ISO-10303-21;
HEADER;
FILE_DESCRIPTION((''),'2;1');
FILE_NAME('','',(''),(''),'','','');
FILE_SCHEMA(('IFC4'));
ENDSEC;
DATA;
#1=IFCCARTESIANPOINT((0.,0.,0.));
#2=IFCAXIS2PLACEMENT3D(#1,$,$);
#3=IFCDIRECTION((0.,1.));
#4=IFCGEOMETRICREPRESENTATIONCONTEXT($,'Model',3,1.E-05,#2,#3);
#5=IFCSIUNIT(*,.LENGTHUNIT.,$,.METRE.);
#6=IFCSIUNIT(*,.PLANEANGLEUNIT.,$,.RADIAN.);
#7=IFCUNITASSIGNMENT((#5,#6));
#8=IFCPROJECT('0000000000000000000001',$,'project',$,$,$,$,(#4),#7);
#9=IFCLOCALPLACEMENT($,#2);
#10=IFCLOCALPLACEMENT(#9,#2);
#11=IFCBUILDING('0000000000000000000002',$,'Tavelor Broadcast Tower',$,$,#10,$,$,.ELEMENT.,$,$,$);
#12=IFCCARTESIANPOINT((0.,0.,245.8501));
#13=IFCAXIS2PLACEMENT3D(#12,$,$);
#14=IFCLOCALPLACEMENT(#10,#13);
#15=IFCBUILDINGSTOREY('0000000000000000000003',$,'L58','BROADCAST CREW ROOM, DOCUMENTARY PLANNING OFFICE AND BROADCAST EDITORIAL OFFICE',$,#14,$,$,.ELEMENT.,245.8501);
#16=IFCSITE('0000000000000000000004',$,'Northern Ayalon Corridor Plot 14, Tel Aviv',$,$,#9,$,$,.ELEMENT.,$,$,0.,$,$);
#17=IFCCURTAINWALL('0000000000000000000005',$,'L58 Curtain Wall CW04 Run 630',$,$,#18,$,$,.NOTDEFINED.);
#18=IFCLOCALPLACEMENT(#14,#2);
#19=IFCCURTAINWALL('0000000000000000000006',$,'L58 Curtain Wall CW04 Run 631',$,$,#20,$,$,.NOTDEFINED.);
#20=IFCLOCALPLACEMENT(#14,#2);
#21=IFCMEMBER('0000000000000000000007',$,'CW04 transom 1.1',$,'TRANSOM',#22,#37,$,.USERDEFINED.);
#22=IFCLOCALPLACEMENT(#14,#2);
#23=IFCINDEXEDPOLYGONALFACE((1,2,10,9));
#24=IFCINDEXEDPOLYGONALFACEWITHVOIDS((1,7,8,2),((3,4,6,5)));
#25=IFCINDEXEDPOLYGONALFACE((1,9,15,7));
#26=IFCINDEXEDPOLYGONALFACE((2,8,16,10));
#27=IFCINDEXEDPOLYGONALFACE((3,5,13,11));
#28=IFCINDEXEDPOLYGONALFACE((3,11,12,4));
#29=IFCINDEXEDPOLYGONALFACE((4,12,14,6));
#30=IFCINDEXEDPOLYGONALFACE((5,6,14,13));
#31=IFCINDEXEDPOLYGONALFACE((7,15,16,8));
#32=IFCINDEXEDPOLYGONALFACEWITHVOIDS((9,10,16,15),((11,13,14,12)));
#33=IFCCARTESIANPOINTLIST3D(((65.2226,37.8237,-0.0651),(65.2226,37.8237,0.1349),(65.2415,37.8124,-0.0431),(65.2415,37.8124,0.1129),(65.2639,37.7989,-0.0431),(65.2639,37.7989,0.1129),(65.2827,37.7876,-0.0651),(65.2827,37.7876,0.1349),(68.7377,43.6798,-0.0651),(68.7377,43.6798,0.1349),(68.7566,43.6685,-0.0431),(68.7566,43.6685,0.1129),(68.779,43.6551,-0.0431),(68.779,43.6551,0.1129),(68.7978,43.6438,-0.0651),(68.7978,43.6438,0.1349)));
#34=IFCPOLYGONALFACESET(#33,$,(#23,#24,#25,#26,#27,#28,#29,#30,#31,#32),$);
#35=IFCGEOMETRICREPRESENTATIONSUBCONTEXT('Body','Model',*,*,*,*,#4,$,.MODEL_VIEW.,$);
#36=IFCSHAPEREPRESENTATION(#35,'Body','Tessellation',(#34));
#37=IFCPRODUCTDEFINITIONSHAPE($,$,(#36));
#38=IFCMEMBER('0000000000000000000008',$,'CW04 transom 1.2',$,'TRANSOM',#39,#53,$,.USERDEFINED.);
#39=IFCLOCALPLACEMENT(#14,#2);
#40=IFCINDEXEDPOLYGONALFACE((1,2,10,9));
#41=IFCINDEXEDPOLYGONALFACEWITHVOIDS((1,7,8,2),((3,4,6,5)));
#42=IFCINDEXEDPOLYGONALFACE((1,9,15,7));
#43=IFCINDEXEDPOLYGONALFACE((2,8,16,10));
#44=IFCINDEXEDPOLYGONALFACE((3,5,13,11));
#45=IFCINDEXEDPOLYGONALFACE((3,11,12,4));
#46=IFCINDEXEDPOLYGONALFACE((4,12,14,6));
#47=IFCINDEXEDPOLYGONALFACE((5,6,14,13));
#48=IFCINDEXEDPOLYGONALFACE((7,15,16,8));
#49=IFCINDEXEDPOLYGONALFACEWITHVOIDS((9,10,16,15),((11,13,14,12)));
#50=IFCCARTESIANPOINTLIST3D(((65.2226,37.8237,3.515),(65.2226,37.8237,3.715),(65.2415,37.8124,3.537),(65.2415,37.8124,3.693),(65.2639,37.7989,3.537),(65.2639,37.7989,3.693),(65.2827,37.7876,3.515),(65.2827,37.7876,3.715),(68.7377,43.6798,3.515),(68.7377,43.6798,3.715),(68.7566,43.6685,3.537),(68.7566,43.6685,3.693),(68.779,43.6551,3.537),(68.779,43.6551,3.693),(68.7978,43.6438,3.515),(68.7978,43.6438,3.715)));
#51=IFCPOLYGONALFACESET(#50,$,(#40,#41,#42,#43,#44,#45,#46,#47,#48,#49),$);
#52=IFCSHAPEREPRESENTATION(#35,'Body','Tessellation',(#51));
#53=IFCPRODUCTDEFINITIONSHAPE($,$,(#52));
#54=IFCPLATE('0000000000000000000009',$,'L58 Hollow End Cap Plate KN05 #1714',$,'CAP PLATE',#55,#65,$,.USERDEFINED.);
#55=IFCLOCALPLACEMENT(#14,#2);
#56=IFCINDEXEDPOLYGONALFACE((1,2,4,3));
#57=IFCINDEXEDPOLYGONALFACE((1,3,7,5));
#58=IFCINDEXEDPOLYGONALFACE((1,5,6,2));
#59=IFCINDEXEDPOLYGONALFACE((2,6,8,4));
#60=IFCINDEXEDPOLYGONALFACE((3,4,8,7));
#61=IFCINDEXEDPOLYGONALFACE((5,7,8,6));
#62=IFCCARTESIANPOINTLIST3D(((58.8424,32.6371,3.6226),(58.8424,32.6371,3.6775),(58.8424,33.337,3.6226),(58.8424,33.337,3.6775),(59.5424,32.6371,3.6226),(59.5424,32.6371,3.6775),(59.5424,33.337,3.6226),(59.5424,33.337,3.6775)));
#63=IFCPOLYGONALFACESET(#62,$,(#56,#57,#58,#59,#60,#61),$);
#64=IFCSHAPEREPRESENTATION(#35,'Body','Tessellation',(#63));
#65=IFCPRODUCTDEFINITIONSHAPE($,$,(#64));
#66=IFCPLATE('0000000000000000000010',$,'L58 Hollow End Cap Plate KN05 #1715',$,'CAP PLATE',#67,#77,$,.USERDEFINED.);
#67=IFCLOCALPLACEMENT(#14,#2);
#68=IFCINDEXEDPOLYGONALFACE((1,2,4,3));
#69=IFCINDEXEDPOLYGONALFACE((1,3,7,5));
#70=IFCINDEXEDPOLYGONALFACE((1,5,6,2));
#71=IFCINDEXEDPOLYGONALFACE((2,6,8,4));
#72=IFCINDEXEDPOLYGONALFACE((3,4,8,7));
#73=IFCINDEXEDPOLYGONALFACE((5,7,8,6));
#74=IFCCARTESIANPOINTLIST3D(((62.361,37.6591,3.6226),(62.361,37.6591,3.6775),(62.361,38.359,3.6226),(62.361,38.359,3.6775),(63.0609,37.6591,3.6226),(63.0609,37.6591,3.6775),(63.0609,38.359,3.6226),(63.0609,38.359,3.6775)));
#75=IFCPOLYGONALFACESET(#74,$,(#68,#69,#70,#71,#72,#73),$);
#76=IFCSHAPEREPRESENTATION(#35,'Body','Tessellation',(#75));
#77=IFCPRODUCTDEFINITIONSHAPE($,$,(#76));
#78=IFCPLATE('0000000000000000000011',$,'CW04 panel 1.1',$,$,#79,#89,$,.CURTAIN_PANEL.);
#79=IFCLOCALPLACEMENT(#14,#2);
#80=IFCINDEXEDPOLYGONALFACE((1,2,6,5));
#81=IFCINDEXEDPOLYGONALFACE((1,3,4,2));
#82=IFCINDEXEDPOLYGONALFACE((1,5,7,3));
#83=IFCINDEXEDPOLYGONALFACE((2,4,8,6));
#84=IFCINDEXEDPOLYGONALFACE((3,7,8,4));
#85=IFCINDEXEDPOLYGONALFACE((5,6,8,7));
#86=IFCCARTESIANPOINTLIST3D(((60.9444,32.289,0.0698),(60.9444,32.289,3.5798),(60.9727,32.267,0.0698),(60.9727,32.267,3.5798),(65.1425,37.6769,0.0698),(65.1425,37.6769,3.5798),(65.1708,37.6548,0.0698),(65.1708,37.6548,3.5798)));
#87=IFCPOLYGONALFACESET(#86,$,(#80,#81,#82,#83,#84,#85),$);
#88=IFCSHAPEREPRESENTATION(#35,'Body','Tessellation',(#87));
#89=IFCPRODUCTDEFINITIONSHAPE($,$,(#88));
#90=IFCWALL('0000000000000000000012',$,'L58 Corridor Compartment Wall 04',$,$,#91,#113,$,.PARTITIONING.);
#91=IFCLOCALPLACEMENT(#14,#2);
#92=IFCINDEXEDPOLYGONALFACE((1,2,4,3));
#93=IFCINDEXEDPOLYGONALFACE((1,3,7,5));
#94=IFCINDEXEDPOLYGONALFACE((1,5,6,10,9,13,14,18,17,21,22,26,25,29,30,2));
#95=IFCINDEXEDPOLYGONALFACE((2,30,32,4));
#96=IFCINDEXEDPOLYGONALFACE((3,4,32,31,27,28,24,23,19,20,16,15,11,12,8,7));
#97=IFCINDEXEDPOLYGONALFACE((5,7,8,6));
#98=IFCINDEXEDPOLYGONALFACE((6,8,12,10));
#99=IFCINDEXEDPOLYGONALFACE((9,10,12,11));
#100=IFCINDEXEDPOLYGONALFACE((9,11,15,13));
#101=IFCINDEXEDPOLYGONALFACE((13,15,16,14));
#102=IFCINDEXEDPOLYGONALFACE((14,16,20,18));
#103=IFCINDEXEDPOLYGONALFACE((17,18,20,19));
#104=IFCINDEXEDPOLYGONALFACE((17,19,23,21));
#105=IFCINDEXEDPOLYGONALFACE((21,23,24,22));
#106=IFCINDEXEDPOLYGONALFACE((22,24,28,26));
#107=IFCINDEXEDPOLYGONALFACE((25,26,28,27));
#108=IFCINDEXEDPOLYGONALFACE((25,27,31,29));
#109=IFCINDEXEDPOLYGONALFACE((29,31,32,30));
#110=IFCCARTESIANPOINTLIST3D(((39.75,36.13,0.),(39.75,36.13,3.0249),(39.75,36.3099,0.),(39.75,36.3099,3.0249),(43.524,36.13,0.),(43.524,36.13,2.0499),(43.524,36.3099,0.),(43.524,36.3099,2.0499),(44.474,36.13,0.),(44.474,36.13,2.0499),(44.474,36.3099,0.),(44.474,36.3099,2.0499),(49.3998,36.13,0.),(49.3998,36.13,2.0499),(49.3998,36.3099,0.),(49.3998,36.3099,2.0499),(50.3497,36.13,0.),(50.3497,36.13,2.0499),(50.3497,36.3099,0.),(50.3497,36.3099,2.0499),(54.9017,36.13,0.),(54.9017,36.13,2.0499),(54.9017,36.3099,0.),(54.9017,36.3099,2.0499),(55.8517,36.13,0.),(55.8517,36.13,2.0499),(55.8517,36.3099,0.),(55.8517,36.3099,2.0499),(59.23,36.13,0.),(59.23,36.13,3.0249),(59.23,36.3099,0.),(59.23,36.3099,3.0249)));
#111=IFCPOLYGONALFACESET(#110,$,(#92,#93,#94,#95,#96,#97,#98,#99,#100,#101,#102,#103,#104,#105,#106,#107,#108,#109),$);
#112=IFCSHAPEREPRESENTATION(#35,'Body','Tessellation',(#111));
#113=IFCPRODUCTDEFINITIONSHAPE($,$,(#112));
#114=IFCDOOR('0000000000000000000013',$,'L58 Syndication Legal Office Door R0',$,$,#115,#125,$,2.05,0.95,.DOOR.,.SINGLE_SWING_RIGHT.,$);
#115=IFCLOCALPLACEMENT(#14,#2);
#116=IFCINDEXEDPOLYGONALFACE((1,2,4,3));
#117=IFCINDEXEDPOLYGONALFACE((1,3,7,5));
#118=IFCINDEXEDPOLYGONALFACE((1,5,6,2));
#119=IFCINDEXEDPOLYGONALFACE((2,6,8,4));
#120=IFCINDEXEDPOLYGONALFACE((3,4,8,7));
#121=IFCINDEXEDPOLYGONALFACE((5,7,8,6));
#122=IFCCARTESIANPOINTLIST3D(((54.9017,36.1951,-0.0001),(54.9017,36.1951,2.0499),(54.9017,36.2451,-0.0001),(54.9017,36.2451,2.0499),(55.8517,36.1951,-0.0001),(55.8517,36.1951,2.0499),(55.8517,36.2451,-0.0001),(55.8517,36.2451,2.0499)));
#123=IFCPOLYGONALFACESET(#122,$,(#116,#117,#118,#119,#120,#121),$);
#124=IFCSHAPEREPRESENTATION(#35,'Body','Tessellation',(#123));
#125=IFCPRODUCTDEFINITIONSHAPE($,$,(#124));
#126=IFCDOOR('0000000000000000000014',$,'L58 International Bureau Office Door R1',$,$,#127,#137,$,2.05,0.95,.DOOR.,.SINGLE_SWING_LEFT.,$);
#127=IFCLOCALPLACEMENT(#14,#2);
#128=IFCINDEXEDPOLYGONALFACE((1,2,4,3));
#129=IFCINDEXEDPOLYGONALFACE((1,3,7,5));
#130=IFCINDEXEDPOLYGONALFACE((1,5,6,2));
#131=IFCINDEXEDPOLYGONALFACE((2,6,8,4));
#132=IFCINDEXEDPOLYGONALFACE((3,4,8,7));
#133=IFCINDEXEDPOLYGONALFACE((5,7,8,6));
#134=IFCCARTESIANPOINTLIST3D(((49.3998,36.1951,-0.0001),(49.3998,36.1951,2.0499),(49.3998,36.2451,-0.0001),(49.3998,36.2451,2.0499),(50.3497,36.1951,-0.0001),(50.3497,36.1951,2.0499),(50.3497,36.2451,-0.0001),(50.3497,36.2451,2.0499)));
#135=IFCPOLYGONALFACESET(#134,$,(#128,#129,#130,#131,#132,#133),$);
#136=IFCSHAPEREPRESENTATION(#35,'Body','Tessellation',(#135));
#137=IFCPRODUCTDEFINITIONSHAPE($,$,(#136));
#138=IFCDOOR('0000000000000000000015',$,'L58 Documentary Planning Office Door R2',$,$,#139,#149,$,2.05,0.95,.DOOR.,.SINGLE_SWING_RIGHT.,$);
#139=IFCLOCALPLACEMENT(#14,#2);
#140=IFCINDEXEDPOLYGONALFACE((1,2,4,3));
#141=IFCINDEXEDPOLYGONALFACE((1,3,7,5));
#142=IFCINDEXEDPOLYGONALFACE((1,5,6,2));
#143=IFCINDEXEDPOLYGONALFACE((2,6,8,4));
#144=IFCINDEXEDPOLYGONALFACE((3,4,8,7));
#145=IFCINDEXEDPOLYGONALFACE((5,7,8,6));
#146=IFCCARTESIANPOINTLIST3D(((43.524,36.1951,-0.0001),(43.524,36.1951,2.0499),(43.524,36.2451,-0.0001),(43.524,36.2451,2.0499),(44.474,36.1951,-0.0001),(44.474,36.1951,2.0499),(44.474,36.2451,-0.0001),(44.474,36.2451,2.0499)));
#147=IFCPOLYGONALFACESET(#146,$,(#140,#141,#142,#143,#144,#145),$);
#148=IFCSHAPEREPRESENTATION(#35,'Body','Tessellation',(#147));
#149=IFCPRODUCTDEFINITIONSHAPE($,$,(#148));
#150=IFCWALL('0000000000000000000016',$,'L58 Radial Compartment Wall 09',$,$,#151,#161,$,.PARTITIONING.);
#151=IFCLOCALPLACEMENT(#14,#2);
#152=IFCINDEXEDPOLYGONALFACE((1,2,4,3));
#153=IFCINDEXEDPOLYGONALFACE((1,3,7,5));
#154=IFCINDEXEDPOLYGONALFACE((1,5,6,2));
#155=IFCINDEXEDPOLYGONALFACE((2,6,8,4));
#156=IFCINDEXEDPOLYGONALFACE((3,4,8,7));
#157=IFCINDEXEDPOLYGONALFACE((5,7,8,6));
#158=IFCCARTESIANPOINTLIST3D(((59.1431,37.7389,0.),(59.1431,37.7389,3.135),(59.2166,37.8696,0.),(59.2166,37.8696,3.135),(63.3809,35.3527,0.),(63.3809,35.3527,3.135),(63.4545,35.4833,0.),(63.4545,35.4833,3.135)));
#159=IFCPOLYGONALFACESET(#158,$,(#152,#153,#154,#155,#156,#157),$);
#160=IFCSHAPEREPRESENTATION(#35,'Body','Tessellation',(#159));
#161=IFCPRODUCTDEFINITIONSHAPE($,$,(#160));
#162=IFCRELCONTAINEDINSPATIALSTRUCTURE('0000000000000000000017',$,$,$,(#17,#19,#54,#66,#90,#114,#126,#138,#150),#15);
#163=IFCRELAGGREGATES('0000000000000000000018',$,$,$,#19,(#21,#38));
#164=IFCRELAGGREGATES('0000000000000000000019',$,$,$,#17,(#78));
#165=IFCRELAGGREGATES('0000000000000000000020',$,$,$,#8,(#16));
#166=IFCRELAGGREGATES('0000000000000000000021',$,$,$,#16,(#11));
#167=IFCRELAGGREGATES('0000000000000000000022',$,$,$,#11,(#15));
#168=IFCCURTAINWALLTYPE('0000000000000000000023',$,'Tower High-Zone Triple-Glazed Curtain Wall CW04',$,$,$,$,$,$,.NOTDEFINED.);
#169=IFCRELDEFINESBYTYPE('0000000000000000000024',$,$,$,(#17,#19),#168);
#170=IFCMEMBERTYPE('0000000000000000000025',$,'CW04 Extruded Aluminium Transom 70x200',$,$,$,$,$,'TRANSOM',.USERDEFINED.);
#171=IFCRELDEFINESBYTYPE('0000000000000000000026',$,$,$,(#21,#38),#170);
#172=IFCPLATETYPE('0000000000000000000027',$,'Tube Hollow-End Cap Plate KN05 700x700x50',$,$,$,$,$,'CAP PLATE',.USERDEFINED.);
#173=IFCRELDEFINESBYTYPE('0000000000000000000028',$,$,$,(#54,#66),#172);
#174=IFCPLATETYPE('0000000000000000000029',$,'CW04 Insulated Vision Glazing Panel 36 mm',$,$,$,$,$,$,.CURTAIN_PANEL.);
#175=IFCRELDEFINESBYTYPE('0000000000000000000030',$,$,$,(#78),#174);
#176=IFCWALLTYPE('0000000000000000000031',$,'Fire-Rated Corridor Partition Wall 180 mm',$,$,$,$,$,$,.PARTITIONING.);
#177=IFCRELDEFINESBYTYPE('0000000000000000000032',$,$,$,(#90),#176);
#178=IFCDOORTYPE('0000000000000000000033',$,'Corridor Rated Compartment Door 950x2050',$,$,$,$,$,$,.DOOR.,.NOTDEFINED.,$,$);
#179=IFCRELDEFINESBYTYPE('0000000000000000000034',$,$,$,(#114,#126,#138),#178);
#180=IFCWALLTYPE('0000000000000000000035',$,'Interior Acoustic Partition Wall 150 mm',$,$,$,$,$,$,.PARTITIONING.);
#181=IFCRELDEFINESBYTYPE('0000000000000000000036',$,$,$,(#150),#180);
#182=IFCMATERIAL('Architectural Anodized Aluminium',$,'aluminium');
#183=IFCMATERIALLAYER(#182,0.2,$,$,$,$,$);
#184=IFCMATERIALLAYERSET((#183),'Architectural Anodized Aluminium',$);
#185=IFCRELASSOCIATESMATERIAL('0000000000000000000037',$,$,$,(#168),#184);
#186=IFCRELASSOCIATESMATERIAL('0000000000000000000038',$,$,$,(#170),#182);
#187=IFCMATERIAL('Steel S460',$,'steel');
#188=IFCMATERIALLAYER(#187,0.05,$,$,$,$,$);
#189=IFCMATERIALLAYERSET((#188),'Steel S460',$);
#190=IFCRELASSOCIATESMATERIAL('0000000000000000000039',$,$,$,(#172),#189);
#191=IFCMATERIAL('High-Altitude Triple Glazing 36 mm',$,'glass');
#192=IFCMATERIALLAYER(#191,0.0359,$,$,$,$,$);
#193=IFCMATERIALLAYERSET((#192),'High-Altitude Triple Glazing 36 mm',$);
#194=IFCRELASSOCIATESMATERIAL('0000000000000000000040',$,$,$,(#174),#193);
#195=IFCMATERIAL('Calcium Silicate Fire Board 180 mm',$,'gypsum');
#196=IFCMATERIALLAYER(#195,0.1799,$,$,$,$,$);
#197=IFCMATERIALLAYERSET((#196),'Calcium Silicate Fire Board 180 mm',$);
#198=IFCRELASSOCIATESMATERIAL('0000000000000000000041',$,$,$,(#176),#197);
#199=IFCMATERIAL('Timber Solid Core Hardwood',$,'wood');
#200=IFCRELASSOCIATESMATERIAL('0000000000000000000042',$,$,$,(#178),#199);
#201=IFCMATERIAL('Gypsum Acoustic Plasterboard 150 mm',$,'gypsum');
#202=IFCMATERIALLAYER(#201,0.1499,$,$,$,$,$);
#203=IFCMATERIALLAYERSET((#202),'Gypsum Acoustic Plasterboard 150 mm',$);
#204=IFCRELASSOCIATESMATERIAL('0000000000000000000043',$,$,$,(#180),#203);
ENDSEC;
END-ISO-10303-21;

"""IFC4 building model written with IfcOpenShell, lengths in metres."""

from ifc_helpers import new_model, si_unit, direction, frame, frame_2d, origin, origin_2d, place, context, subcontext, project, spatial, rectangle, hollow_rectangle, extrude, source, transform, mapped, material, layer, layer_set, material_profile, profile_set, type_object, type_shapes, element, fill, aggregate, save


model = new_model("IFC4")

# Units and contexts
model_context = context("Model", 3, precision=1e-05, world=origin(), true_north=direction((0.0, 1.0)))
body_context = subcontext(model_context, "Body", "Model", "MODEL_VIEW")
ifc_project = project(units=[si_unit("LENGTHUNIT", "METRE"), si_unit("PLANEANGLEUNIT", "RADIAN")], contexts=[model_context])

# Site, building, storey
site_placement = place(None, origin())
site = spatial("IfcSite", under=ifc_project, at=site_placement, Name="Northern Ayalon Corridor Plot 14, Tel Aviv", CompositionType="ELEMENT", RefElevation=0.0)
building_placement = place(site_placement, origin())
building = spatial("IfcBuilding", under=site, at=building_placement, Name="Tavelor Broadcast Tower", CompositionType="ELEMENT")
storey_placement = place(building_placement, frame((0.0, 0.0, 245.8501)))
storey = spatial("IfcBuildingStorey", under=building, at=storey_placement, Name="L58", Description="BROADCAST CREW ROOM, DOCUMENTARY PLANNING OFFICE AND BROADCAST EDITORIAL OFFICE", CompositionType="ELEMENT", Elevation=245.8501)

# Shared definitions
ifc_material_1 = material(Name="Steel S460", Category="steel")

# Shared definitions
ifc_material_2 = material(Name="Architectural Anodized Aluminium", Category="aluminium")
ifc_layer_1 = layer(ifc_material_2, 0.2)
ifc_layer_set_1 = layer_set([ifc_layer_1], Name="Architectural Anodized Aluminium")
curtain_wall_type = type_object("IfcCurtainWallType", Name="Tower High-Zone Triple-Glazed Curtain Wall CW04", PredefinedType="NOTDEFINED", material=ifc_layer_set_1)

# Curtain wall
curtain_wall_1_placement = place(storey_placement, origin())
curtain_wall_1 = element("IfcCurtainWall", 1, at=curtain_wall_1_placement, inside=storey, type_object=curtain_wall_type, Name="L58 Curtain Wall CW04 Run 630", PredefinedType="NOTDEFINED")

# Curtain wall
curtain_wall_2_placement = place(storey_placement, origin())
curtain_wall_2 = element("IfcCurtainWall", 2, at=curtain_wall_2_placement, inside=storey, type_object=curtain_wall_type, Name="L58 Curtain Wall CW04 Run 631", PredefinedType="NOTDEFINED")

# Members
ifc_material_profile_1 = material_profile(ifc_material_2, hollow_rectangle(XDim=0.0701, YDim=0.2, WallThickness=0.022, at=origin_2d()), Name="RHS 70x200x22")
ifc_profile_set_1 = profile_set([ifc_material_profile_1], Name="Architectural Anodized Aluminium")
member_type_1 = type_object("IfcMemberType", Name="CW04 Extruded Aluminium Transom 70x200", ElementType="TRANSOM", PredefinedType="USERDEFINED", material=ifc_profile_set_1)
shared_shape_1 = source(origin(), body_context, "Body", "SweptSolid", [
    extrude(hollow_rectangle(XDim=0.0701, YDim=0.2, WallThickness=0.022, at=origin_2d()), origin(), (0.0, 0.0, 1.0), 6.8301),
])
type_shapes(member_type_1, [shared_shape_1])
member_1_placement = place(storey_placement, frame((65.2527, 37.8057, 0.0349), z_axis=(0.514648, 0.857401, 0.0), x_axis=(-0.857401, 0.514648, 0.0)))
member_1 = element("IfcMember", 3, at=member_1_placement, type_object=member_type_1, Name="CW04 transom 1.1", ObjectType="TRANSOM", PredefinedType="USERDEFINED", context=body_context, shape_type="MappedRepresentation", body=[
    mapped(shared_shape_1, transform((0.0, 0.0, 0.0), scale=1.0)),
])
member_2_placement = place(storey_placement, frame((65.2527, 37.8057, 3.615), z_axis=(0.514648, 0.857401, 0.0), x_axis=(-0.857401, 0.514648, 0.0)))
member_2 = element("IfcMember", 4, at=member_2_placement, type_object=member_type_1, Name="CW04 transom 1.2", ObjectType="TRANSOM", PredefinedType="USERDEFINED", context=body_context, shape_type="MappedRepresentation", body=[
    mapped(shared_shape_1, transform((0.0, 0.0, 0.0), scale=1.0)),
])
aggregate(curtain_wall_2, [member_1, member_2])

# Plates
ifc_layer_2 = layer(ifc_material_1, 0.05)
ifc_layer_set_2 = layer_set([ifc_layer_2], Name="Steel S460")
plate_type_1 = type_object("IfcPlateType", Name="Tube Hollow-End Cap Plate KN05 700x700x50", ElementType="CAP PLATE", PredefinedType="USERDEFINED", material=ifc_layer_set_2)
shared_shape_2 = source(origin(), body_context, "Body", "SweptSolid", [
    extrude(rectangle(XDim=0.7, YDim=0.7, at=origin_2d()), origin(), (0.0, 0.0, 1.0), 0.0549),
])
type_shapes(plate_type_1, [shared_shape_2])
for number, where, z_axis, x_axis, name in (
    (5, (59.1924, 32.9871, 3.6226), (0.0, 0.0, 1.0), (1.0, 0.0, 0.0), "L58 Hollow End Cap Plate KN05 #1714"),
    (6, (62.7109, 38.009, 3.6226), (0.0, 0.0, 1.0), (1.0, 0.0, 0.0), "L58 Hollow End Cap Plate KN05 #1715"),
):
    element("IfcPlate", number, at=place(storey_placement, frame(where, z_axis=z_axis, x_axis=x_axis)), inside=storey, type_object=plate_type_1, Name=name, ObjectType="CAP PLATE", PredefinedType="USERDEFINED", context=body_context, shape_type="MappedRepresentation", body=[
        mapped(shared_shape_2, transform((0.0, 0.0, 0.0), scale=1.0)),
    ])

# Plate
ifc_material_3 = material(Name="High-Altitude Triple Glazing 36 mm", Category="glass")
ifc_layer_3 = layer(ifc_material_3, 0.0359)
ifc_layer_set_3 = layer_set([ifc_layer_3], Name="High-Altitude Triple Glazing 36 mm")
plate_type_2 = type_object("IfcPlateType", Name="CW04 Insulated Vision Glazing Panel 36 mm", PredefinedType="CURTAIN_PANEL", material=ifc_layer_set_3)
shared_shape_3 = source(origin(), body_context, "Body", "SweptSolid", [
    extrude(rectangle(XDim=6.8303, YDim=0.0359, at=origin_2d()), origin(), (0.0, 0.0, 1.0), 3.51),
])
type_shapes(plate_type_2, [shared_shape_3])
plate_placement = place(storey_placement, frame((63.0576, 34.9719, 0.0698), z_axis=(0.0, 0.0, 1.0), x_axis=(0.614631, 0.788815, 0.0)))
plate = element("IfcPlate", 7, at=plate_placement, type_object=plate_type_2, Name="CW04 panel 1.1", PredefinedType="CURTAIN_PANEL", context=body_context, shape_type="MappedRepresentation", body=[
    mapped(shared_shape_3, transform((0.0, 0.0, 0.0), scale=1.0)),
])
aggregate(curtain_wall_1, [plate])

# Wall, openings, doors
ifc_material_4 = material(Name="Calcium Silicate Fire Board 180 mm", Category="gypsum")
ifc_layer_4 = layer(ifc_material_4, 0.1799)
ifc_layer_set_4 = layer_set([ifc_layer_4], Name="Calcium Silicate Fire Board 180 mm")
wall_type_1 = type_object("IfcWallType", Name="Fire-Rated Corridor Partition Wall 180 mm", PredefinedType="PARTITIONING", material=ifc_layer_set_4)
wall_1_placement = place(storey_placement, frame((59.23, 36.22, 0.0), z_axis=(0.0, 0.0, 1.0), x_axis=(-1.0, 0.0, 0.0)))
wall_1 = element("IfcWall", 8, at=wall_1_placement, inside=storey, type_object=wall_type_1, Name="L58 Corridor Compartment Wall 04", PredefinedType="PARTITIONING", context=body_context, shape_type="SweptSolid", body=[
    extrude(rectangle(XDim=19.48, YDim=0.1799, at=frame_2d((9.74, 0.0))), origin(), (0.0, 0.0, 1.0), 3.0249),
])
opening_1_placement = place(wall_1_placement, frame((3.3782, 0.0, 0.0)))
opening_1 = element("IfcOpeningElement", 9, at=opening_1_placement, cuts=wall_1, PredefinedType="OPENING", context=body_context, shape_type="SweptSolid", body=[
    extrude(rectangle(XDim=0.95, YDim=2.05, at=frame_2d((0.4751, 1.0249))), frame((0.0, 0.1001, 0.0), z_axis=(0.0, -1.0, 0.0), x_axis=(1.0, 0.0, 0.0)), (0.0, 0.0, 1.0), 0.2),
])
opening_2_placement = place(wall_1_placement, frame((8.8801, 0.0, 0.0)))
opening_2 = element("IfcOpeningElement", 10, at=opening_2_placement, cuts=wall_1, PredefinedType="OPENING", context=body_context, shape_type="SweptSolid", body=[
    extrude(rectangle(XDim=0.95, YDim=2.05, at=frame_2d((0.4751, 1.0249))), frame((0.0, 0.1001, 0.0), z_axis=(0.0, -1.0, 0.0), x_axis=(1.0, 0.0, 0.0)), (0.0, 0.0, 1.0), 0.2),
])
opening_3_placement = place(wall_1_placement, frame((14.7559, 0.0, 0.0)))
opening_3 = element("IfcOpeningElement", 11, at=opening_3_placement, cuts=wall_1, PredefinedType="OPENING", context=body_context, shape_type="SweptSolid", body=[
    extrude(rectangle(XDim=0.95, YDim=2.05, at=frame_2d((0.4751, 1.0249))), frame((0.0, 0.1001, 0.0), z_axis=(0.0, -1.0, 0.0), x_axis=(1.0, 0.0, 0.0)), (0.0, 0.0, 1.0), 0.2),
])
ifc_material_5 = material(Name="Timber Solid Core Hardwood", Category="wood")
door_type = type_object("IfcDoorType", Name="Corridor Rated Compartment Door 950x2050", OperationType="NOTDEFINED", PredefinedType="DOOR", material=ifc_material_5)
door_1_placement = place(opening_1_placement, origin())
door_1 = element("IfcDoor", 12, at=door_1_placement, inside=storey, type_object=door_type, Name="L58 Syndication Legal Office Door R0", OperationType="SINGLE_SWING_RIGHT", OverallHeight=2.05, OverallWidth=0.95, PredefinedType="DOOR", context=body_context, shape_type="SweptSolid", body=[
    extrude(rectangle(XDim=0.95, YDim=2.05, at=frame_2d((0.4751, 1.0249))), frame((0.0, 0.0249, 0.0), z_axis=(0.0, -1.0, 0.0), x_axis=(1.0, 0.0, 0.0)), (0.0, 0.0, 1.0), 0.05),
])
fill(opening_1, door_1)
door_2_placement = place(opening_2_placement, origin())
door_2 = element("IfcDoor", 13, at=door_2_placement, inside=storey, type_object=door_type, Name="L58 International Bureau Office Door R1", OperationType="SINGLE_SWING_LEFT", OverallHeight=2.05, OverallWidth=0.95, PredefinedType="DOOR", context=body_context, shape_type="SweptSolid", body=[
    extrude(rectangle(XDim=0.95, YDim=2.05, at=frame_2d((0.4751, 1.0249))), frame((0.0, 0.0249, 0.0), z_axis=(0.0, -1.0, 0.0), x_axis=(1.0, 0.0, 0.0)), (0.0, 0.0, 1.0), 0.05),
])
fill(opening_2, door_2)
door_3_placement = place(opening_3_placement, origin())
door_3 = element("IfcDoor", 14, at=door_3_placement, inside=storey, type_object=door_type, Name="L58 Documentary Planning Office Door R2", OperationType="SINGLE_SWING_RIGHT", OverallHeight=2.05, OverallWidth=0.95, PredefinedType="DOOR", context=body_context, shape_type="SweptSolid", body=[
    extrude(rectangle(XDim=0.95, YDim=2.05, at=frame_2d((0.4751, 1.0249))), frame((0.0, 0.0249, 0.0), z_axis=(0.0, -1.0, 0.0), x_axis=(1.0, 0.0, 0.0)), (0.0, 0.0, 1.0), 0.05),
])
fill(opening_3, door_3)

# Wall
ifc_material_6 = material(Name="Gypsum Acoustic Plasterboard 150 mm", Category="gypsum")
ifc_layer_5 = layer(ifc_material_6, 0.1499)
ifc_layer_set_5 = layer_set([ifc_layer_5], Name="Gypsum Acoustic Plasterboard 150 mm")
wall_type_2 = type_object("IfcWallType", Name="Interior Acoustic Partition Wall 150 mm", PredefinedType="PARTITIONING", material=ifc_layer_set_5)
wall_2_placement = place(storey_placement, frame((59.1799, 37.8042, 0.0), z_axis=(0.0, 0.0, 1.0), x_axis=(0.871358, -0.490647, 0.0)))
element("IfcWall", 15, at=wall_2_placement, inside=storey, type_object=wall_type_2, Name="L58 Radial Compartment Wall 09", PredefinedType="PARTITIONING", context=body_context, shape_type="SweptSolid", body=[
    extrude(rectangle(XDim=4.8635, YDim=0.1499, at=frame_2d((2.4316, 0.0))), origin(), (0.0, 0.0, 1.0), 3.135),
])

save(model, "model.ifc")
